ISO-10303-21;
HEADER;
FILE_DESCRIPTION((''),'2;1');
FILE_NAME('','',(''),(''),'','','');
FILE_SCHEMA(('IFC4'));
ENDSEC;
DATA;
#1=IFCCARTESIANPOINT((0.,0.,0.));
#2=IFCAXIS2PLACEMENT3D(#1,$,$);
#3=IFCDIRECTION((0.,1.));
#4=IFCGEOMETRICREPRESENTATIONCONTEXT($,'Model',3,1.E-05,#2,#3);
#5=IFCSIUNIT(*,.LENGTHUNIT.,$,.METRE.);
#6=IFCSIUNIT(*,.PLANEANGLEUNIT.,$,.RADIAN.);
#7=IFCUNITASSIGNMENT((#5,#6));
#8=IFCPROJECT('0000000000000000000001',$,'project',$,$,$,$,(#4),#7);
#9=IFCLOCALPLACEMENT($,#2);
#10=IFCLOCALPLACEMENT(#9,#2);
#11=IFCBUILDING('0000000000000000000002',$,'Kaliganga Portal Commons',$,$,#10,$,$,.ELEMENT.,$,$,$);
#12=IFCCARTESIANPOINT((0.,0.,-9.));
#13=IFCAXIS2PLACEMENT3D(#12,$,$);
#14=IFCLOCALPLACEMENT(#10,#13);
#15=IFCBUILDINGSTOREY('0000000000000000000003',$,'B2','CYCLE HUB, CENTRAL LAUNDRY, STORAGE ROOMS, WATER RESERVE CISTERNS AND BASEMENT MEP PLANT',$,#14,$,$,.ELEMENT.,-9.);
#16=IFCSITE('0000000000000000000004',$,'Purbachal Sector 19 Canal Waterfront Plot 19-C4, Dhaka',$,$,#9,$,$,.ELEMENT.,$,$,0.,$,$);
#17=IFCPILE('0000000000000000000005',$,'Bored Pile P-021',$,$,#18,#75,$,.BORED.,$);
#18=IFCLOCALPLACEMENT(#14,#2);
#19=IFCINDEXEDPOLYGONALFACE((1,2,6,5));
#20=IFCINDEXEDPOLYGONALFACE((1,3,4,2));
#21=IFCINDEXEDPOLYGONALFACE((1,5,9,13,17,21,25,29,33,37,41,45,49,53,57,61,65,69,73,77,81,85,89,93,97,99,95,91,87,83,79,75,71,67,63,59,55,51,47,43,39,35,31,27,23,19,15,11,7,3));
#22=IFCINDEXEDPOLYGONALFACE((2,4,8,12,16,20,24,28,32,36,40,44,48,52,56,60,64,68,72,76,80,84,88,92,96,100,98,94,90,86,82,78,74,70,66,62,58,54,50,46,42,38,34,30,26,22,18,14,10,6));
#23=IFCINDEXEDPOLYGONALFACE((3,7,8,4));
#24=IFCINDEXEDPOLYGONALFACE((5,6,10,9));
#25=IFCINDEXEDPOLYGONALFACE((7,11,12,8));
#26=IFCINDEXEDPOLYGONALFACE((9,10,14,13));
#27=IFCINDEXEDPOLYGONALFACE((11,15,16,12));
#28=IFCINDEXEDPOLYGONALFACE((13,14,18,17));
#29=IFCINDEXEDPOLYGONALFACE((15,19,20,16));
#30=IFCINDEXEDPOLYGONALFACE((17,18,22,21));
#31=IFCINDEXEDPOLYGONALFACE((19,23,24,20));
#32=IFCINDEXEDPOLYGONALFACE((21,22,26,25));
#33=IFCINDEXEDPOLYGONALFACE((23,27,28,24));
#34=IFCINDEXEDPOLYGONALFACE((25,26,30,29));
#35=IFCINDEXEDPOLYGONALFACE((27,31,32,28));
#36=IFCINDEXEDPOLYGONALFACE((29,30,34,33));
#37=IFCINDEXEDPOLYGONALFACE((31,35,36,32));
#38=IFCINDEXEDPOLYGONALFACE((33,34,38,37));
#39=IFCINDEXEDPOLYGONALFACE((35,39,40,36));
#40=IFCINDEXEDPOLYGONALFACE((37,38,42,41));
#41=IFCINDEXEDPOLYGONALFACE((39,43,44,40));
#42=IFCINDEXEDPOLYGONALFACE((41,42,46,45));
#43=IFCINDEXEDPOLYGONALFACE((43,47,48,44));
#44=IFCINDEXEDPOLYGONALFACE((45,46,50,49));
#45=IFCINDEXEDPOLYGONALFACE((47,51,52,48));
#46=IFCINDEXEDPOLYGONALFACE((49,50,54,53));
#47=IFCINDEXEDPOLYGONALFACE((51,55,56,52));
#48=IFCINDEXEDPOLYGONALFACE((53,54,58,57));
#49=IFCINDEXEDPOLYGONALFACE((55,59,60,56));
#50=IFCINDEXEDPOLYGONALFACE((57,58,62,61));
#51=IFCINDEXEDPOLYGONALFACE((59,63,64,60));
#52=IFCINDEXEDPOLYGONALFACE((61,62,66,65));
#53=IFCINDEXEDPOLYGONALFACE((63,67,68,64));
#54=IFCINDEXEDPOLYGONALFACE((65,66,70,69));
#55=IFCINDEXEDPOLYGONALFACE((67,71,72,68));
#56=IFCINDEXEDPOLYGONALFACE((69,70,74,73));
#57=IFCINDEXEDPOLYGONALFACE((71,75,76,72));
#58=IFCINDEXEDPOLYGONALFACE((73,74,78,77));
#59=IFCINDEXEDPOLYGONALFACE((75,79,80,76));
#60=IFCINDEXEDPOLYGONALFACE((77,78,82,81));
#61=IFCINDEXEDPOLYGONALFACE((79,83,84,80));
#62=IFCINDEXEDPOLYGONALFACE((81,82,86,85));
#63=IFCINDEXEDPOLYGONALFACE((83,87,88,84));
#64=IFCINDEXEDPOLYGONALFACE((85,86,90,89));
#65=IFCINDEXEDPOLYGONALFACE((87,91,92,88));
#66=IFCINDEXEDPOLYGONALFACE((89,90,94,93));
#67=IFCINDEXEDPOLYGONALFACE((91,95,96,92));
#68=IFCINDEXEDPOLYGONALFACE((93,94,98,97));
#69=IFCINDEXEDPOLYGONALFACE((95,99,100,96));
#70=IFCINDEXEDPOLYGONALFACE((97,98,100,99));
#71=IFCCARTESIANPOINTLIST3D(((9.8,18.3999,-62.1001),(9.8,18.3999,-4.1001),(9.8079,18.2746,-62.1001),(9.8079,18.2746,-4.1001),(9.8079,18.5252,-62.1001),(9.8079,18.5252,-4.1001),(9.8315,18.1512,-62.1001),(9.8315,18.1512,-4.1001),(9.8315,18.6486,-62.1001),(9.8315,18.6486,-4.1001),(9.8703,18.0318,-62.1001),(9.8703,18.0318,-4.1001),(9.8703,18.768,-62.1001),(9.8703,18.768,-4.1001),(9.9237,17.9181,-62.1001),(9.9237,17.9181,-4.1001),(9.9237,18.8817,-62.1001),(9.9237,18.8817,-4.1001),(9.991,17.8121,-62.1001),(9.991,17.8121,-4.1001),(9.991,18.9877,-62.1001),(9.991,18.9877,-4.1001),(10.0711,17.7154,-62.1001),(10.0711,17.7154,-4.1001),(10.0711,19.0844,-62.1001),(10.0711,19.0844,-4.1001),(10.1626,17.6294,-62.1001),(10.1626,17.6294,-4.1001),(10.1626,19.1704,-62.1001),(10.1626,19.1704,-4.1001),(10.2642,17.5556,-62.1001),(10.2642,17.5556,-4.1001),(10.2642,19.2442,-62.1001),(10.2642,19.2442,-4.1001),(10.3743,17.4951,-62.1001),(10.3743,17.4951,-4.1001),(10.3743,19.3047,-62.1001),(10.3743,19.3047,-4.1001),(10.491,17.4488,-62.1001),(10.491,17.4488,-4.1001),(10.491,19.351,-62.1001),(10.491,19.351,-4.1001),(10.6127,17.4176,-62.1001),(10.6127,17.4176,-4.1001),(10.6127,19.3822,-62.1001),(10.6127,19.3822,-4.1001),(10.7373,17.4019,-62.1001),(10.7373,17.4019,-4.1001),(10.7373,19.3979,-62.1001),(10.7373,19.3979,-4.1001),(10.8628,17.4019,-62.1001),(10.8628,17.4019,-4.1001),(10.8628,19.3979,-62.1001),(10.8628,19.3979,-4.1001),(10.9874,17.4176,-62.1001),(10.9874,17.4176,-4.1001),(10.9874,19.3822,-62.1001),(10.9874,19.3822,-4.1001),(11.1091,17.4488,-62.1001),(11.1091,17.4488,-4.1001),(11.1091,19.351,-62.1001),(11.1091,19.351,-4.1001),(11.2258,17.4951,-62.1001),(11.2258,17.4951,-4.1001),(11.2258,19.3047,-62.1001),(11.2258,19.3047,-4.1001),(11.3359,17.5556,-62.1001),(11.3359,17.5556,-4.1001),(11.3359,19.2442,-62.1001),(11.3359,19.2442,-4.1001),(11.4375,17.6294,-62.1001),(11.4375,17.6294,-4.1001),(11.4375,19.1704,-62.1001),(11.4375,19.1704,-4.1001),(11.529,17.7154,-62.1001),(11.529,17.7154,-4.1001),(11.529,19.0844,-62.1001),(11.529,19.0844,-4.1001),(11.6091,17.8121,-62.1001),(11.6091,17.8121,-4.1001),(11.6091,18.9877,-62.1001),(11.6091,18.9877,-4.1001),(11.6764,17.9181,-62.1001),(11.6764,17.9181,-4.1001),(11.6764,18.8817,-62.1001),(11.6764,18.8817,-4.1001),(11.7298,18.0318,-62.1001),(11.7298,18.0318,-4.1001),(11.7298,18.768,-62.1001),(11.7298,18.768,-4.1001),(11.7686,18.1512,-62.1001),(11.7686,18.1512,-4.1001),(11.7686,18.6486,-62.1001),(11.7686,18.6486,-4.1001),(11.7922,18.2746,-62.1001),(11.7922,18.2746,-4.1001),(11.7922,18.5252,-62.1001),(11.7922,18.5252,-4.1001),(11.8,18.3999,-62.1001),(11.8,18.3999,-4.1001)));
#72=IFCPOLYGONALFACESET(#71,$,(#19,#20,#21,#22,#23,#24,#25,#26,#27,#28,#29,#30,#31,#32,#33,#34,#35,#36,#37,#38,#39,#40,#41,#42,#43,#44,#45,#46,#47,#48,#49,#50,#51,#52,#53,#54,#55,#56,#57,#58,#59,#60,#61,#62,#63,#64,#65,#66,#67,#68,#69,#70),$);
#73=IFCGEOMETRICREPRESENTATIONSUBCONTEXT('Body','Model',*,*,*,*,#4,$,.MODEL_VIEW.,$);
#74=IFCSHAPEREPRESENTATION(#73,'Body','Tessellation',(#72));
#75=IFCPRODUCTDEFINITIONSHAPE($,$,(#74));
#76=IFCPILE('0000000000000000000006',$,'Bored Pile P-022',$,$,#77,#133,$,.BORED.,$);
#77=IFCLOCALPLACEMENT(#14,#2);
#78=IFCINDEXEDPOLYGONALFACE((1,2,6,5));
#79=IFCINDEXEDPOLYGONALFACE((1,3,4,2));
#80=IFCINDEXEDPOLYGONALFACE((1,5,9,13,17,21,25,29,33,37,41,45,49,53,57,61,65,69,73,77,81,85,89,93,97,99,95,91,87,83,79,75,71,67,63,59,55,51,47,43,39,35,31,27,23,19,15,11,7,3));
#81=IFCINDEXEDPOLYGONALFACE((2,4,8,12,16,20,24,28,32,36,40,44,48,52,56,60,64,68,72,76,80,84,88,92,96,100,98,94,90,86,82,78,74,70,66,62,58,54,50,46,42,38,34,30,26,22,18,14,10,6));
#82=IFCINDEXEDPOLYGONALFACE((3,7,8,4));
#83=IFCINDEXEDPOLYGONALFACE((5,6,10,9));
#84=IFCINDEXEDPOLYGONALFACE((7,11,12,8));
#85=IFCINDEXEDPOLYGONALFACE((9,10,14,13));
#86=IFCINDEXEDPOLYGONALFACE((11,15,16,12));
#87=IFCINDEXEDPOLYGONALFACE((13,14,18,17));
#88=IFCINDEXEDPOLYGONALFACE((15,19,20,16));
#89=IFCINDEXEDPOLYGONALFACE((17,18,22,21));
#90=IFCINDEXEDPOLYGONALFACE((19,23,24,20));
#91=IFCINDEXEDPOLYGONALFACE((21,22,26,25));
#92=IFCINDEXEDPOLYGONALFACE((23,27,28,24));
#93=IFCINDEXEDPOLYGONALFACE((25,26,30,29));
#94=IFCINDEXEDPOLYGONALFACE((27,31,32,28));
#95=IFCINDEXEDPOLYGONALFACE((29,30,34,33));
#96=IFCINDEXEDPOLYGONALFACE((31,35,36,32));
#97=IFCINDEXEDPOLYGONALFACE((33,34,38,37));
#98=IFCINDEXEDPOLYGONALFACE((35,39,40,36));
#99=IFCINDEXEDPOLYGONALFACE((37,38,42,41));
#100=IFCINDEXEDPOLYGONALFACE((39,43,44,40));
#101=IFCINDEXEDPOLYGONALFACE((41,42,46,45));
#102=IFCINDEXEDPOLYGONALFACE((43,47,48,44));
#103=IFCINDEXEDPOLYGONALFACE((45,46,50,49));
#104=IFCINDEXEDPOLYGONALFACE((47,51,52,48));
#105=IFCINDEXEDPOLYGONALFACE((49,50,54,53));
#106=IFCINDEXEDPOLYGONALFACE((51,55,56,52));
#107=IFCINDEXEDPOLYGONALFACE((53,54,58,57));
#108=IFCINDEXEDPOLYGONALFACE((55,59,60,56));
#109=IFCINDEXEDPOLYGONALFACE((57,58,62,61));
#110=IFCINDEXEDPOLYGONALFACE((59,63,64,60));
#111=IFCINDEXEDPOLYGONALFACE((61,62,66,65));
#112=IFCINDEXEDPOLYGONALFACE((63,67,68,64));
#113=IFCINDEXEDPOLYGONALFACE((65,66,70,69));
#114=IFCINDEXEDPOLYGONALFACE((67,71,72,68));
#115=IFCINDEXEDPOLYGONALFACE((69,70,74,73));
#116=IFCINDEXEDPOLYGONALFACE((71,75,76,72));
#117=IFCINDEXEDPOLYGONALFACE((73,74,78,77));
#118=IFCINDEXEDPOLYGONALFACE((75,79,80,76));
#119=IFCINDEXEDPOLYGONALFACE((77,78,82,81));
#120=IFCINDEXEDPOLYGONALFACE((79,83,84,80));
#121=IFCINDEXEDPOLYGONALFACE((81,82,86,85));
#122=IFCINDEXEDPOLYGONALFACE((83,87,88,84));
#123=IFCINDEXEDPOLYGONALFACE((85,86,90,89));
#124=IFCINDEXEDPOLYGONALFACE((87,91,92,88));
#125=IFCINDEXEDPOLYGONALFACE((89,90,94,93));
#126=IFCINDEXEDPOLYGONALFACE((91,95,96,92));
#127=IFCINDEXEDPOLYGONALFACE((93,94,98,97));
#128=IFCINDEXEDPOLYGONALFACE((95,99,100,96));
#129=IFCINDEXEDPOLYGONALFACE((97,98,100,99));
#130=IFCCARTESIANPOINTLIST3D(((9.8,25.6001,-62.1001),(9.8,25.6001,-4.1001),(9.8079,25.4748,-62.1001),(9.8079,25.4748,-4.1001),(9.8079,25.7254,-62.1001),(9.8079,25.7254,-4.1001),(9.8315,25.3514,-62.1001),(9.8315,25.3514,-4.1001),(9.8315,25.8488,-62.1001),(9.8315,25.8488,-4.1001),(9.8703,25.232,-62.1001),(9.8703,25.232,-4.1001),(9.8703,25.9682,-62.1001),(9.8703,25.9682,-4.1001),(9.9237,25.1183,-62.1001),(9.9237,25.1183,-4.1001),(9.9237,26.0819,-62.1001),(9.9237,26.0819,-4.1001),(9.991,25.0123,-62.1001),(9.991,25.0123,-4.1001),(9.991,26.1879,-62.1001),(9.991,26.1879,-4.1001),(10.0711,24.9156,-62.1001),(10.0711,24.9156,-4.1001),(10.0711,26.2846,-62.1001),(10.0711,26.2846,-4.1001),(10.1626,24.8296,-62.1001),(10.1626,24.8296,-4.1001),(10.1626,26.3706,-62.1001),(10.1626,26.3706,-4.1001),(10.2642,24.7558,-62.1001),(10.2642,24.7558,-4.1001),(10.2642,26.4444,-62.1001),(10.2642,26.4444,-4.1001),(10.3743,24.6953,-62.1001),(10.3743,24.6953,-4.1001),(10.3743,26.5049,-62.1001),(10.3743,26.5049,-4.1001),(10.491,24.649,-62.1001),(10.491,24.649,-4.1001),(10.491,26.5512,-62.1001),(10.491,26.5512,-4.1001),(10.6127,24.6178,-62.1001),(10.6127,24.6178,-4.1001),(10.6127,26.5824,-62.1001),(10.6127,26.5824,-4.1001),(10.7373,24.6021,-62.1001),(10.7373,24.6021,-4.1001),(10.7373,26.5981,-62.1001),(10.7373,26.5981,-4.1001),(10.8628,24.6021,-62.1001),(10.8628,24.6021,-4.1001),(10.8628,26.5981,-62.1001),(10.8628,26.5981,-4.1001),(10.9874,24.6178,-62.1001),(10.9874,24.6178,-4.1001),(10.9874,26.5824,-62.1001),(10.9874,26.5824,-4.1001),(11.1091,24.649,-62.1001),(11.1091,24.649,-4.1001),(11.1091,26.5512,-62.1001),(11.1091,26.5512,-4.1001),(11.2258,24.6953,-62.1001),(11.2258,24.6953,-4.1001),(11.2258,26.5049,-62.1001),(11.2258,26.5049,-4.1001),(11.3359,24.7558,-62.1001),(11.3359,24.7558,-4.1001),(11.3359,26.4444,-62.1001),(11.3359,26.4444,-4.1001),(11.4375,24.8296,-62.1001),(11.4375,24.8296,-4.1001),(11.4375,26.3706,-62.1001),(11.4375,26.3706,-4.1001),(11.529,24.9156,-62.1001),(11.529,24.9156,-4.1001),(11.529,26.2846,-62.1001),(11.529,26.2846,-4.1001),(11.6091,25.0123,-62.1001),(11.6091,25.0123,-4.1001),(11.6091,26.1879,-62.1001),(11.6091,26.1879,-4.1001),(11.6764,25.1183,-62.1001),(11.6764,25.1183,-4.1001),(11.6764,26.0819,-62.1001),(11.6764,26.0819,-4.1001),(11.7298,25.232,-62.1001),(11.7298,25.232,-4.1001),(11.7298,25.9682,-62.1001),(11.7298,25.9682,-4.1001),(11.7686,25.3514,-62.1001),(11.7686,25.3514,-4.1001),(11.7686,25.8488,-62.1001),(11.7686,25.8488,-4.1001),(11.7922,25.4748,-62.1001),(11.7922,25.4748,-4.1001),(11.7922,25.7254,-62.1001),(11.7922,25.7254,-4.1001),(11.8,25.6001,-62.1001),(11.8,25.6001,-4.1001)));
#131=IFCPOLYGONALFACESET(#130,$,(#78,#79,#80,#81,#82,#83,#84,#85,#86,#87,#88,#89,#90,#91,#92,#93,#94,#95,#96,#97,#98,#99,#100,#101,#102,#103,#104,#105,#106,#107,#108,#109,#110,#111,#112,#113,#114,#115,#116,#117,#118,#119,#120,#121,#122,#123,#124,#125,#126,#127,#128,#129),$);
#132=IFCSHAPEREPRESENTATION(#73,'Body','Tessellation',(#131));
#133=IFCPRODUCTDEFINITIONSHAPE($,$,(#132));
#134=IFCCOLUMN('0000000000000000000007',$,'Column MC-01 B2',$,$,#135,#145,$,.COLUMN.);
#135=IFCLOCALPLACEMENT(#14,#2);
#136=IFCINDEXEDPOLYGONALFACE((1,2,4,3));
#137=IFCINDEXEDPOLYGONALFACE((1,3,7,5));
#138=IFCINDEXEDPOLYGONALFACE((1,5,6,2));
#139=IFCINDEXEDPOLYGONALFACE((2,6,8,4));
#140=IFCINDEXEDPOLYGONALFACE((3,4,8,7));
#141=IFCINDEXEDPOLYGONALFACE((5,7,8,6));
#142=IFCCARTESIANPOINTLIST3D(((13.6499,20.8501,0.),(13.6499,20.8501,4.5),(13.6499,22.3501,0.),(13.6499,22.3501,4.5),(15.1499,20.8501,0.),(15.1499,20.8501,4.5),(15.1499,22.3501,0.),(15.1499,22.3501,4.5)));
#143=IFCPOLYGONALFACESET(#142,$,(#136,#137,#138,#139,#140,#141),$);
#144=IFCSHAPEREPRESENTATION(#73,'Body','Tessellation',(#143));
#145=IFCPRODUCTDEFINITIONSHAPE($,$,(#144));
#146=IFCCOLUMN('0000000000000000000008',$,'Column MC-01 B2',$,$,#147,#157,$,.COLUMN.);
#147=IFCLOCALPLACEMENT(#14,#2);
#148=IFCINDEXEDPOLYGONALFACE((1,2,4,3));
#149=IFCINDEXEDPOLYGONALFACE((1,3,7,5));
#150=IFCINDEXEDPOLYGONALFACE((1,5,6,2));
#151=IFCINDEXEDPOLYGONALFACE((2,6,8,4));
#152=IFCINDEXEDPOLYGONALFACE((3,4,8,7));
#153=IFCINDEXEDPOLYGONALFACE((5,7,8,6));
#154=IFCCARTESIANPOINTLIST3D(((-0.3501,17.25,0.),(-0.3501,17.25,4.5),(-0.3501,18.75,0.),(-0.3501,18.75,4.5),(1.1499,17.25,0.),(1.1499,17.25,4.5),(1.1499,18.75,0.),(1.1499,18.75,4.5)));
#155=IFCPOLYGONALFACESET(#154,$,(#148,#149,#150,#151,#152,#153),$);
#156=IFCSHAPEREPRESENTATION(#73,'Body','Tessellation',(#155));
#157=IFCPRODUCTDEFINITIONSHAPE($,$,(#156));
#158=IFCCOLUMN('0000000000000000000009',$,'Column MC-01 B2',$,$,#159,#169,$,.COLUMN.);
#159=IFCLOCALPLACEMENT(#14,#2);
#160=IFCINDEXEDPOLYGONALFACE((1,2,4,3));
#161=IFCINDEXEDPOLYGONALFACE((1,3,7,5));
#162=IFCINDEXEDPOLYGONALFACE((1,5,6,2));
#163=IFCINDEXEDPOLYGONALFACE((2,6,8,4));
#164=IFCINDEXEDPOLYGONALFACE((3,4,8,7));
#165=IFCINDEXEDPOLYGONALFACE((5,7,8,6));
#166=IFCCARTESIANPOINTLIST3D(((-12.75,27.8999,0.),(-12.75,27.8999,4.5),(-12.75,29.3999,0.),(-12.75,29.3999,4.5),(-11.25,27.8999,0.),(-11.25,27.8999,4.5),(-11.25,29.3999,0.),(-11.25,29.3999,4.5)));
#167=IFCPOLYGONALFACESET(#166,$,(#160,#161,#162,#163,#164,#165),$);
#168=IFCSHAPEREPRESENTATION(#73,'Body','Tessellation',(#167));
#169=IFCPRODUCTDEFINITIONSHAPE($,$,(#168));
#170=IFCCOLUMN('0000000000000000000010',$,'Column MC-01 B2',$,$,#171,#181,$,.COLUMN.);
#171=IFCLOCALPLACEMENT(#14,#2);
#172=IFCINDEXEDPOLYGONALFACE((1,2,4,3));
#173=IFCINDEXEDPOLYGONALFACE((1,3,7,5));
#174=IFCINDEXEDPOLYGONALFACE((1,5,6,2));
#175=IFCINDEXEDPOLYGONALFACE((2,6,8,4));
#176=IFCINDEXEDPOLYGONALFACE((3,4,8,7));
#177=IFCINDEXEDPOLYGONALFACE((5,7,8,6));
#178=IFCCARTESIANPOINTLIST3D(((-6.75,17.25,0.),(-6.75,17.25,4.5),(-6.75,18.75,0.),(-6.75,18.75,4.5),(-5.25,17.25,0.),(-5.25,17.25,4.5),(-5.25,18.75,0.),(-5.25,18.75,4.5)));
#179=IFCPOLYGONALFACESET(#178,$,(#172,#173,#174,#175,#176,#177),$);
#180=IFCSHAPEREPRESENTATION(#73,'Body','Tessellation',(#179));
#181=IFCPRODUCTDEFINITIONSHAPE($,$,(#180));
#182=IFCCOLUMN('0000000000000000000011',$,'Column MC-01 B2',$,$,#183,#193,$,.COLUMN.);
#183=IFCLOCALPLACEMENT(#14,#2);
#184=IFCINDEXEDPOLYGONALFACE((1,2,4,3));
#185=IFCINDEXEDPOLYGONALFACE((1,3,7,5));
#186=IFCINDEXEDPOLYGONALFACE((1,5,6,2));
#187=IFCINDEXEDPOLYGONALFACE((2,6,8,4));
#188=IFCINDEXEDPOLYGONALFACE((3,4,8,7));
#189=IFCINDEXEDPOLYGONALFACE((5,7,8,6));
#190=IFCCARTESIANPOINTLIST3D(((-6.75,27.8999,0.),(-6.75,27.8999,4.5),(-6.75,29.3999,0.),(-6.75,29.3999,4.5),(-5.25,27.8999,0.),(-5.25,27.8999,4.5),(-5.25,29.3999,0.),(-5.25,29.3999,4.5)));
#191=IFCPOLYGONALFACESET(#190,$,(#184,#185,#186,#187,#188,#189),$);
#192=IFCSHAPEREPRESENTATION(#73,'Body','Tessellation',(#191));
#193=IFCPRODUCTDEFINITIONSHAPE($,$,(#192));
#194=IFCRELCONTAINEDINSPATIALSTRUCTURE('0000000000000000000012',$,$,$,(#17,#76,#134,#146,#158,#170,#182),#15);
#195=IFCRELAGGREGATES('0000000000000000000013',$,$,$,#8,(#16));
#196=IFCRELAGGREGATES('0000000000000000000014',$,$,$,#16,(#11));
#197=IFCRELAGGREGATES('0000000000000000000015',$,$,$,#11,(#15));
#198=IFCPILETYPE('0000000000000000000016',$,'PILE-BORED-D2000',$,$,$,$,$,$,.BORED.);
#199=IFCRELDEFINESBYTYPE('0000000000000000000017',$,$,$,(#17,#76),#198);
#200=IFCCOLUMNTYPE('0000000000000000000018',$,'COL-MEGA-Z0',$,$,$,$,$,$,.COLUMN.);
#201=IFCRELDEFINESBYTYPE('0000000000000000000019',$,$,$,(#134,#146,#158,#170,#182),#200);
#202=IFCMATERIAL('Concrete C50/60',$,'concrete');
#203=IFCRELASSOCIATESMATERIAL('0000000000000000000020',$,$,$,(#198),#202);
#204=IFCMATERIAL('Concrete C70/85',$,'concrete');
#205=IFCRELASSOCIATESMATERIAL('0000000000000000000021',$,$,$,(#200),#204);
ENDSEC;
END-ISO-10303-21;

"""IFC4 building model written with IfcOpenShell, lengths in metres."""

from ifc_helpers import new_model, si_unit, direction, frame, origin, origin_2d, place, context, subcontext, project, spatial, rectangle, circle, extrude, source, transform, mapped, material, material_profile, profile_set, type_object, element, save


model = new_model("IFC4")

# Units and contexts
model_context = context("Model", 3, precision=1e-05, world=origin(), true_north=direction((0.0, 1.0)))
body_context = subcontext(model_context, "Body", "Model", "MODEL_VIEW")
ifc_project = project(units=[si_unit("LENGTHUNIT", "METRE"), si_unit("PLANEANGLEUNIT", "RADIAN")], contexts=[model_context])

# Site, building, storey
site_placement = place(None, origin())
site = spatial("IfcSite", under=ifc_project, at=site_placement, Name="Purbachal Sector 19 Canal Waterfront Plot 19-C4, Dhaka", CompositionType="ELEMENT", RefElevation=0.0)
building_placement = place(site_placement, origin())
building = spatial("IfcBuilding", under=site, at=building_placement, Name="Kaliganga Portal Commons", CompositionType="ELEMENT")
storey_placement = place(building_placement, frame((0.0, 0.0, -9.0)))
storey = spatial("IfcBuildingStorey", under=building, at=storey_placement, Name="B2", Description="CYCLE HUB, CENTRAL LAUNDRY, STORAGE ROOMS, WATER RESERVE CISTERNS AND BASEMENT MEP PLANT", CompositionType="ELEMENT", Elevation=-9.0)

# Piles
ifc_material_1 = material(Name="Concrete C50/60", Category="concrete")
ifc_material_profile_1 = material_profile(ifc_material_1, circle(Radius=1.0, at=origin_2d()), Name="PILE D2000")
ifc_profile_set_1 = profile_set([ifc_material_profile_1], Name="Concrete C50/60")
pile_type = type_object("IfcPileType", Name="PILE-BORED-D2000", PredefinedType="BORED", material=ifc_profile_set_1)
for number, where, z_axis, x_axis, name in (
    (1, (10.8, 18.3999, -4.1001), (0.0, 0.0, -1.0), (1.0, 0.0, 0.0), "Bored Pile P-021"),
    (2, (10.8, 25.6001, -4.1001), (0.0, 0.0, -1.0), (1.0, 0.0, 0.0), "Bored Pile P-022"),
):
    element("IfcPile", number, at=place(storey_placement, frame(where, z_axis=z_axis, x_axis=x_axis)), inside=storey, type_object=pile_type, Name=name, PredefinedType="BORED", context=body_context, shape_type="SweptSolid", body=[
        extrude(circle(Radius=1.0, at=origin_2d()), origin(), (0.0, 0.0, 1.0), 58.0),
    ])

# Columns
ifc_material_2 = material(Name="Concrete C70/85", Category="concrete")
ifc_material_profile_2 = material_profile(ifc_material_2, rectangle(XDim=1.5, YDim=1.5, at=origin_2d()), Name="RC 1500x1500")
ifc_profile_set_2 = profile_set([ifc_material_profile_2], Name="Concrete C70/85")
column_type = type_object("IfcColumnType", Name="COL-MEGA-Z0", PredefinedType="COLUMN", material=ifc_profile_set_2)
shared_shape_1 = source(origin(), body_context, "Body", "SweptSolid", [
    extrude(rectangle(XDim=1.5, YDim=1.5, at=origin_2d()), origin(), (0.0, 0.0, 1.0), 4.5),
])
for number, where, z_axis, x_axis, name in (
    (3, (14.3999, 21.6001, 0.0), (0.0, 0.0, 1.0), (1.0, 0.0, 0.0), "Column MC-01 B2"),
    (4, (0.3999, 18.0, 0.0), (0.0, 0.0, 1.0), (1.0, 0.0, 0.0), "Column MC-01 B2"),
    (5, (-12.0, 28.6499, 0.0), (0.0, 0.0, 1.0), (1.0, 0.0, 0.0), "Column MC-01 B2"),
    (6, (-6.0, 18.0, 0.0), (0.0, 0.0, 1.0), (1.0, 0.0, 0.0), "Column MC-01 B2"),
    (7, (-6.0, 28.6499, 0.0), (0.0, 0.0, 1.0), (1.0, 0.0, 0.0), "Column MC-01 B2"),
):
    element("IfcColumn", number, at=place(storey_placement, frame(where, z_axis=z_axis, x_axis=x_axis)), inside=storey, type_object=column_type, Name=name, PredefinedType="COLUMN", context=body_context, shape_type="MappedRepresentation", body=[
        mapped(shared_shape_1, transform((0.0, 0.0, 0.0), x_axis=(1.0, 0.0, 0.0), y_axis=(0.0, 1.0, 0.0), z_axis=(0.0, 0.0, 1.0), scale=1.0)),
    ])

save(model, "model.ifc")
